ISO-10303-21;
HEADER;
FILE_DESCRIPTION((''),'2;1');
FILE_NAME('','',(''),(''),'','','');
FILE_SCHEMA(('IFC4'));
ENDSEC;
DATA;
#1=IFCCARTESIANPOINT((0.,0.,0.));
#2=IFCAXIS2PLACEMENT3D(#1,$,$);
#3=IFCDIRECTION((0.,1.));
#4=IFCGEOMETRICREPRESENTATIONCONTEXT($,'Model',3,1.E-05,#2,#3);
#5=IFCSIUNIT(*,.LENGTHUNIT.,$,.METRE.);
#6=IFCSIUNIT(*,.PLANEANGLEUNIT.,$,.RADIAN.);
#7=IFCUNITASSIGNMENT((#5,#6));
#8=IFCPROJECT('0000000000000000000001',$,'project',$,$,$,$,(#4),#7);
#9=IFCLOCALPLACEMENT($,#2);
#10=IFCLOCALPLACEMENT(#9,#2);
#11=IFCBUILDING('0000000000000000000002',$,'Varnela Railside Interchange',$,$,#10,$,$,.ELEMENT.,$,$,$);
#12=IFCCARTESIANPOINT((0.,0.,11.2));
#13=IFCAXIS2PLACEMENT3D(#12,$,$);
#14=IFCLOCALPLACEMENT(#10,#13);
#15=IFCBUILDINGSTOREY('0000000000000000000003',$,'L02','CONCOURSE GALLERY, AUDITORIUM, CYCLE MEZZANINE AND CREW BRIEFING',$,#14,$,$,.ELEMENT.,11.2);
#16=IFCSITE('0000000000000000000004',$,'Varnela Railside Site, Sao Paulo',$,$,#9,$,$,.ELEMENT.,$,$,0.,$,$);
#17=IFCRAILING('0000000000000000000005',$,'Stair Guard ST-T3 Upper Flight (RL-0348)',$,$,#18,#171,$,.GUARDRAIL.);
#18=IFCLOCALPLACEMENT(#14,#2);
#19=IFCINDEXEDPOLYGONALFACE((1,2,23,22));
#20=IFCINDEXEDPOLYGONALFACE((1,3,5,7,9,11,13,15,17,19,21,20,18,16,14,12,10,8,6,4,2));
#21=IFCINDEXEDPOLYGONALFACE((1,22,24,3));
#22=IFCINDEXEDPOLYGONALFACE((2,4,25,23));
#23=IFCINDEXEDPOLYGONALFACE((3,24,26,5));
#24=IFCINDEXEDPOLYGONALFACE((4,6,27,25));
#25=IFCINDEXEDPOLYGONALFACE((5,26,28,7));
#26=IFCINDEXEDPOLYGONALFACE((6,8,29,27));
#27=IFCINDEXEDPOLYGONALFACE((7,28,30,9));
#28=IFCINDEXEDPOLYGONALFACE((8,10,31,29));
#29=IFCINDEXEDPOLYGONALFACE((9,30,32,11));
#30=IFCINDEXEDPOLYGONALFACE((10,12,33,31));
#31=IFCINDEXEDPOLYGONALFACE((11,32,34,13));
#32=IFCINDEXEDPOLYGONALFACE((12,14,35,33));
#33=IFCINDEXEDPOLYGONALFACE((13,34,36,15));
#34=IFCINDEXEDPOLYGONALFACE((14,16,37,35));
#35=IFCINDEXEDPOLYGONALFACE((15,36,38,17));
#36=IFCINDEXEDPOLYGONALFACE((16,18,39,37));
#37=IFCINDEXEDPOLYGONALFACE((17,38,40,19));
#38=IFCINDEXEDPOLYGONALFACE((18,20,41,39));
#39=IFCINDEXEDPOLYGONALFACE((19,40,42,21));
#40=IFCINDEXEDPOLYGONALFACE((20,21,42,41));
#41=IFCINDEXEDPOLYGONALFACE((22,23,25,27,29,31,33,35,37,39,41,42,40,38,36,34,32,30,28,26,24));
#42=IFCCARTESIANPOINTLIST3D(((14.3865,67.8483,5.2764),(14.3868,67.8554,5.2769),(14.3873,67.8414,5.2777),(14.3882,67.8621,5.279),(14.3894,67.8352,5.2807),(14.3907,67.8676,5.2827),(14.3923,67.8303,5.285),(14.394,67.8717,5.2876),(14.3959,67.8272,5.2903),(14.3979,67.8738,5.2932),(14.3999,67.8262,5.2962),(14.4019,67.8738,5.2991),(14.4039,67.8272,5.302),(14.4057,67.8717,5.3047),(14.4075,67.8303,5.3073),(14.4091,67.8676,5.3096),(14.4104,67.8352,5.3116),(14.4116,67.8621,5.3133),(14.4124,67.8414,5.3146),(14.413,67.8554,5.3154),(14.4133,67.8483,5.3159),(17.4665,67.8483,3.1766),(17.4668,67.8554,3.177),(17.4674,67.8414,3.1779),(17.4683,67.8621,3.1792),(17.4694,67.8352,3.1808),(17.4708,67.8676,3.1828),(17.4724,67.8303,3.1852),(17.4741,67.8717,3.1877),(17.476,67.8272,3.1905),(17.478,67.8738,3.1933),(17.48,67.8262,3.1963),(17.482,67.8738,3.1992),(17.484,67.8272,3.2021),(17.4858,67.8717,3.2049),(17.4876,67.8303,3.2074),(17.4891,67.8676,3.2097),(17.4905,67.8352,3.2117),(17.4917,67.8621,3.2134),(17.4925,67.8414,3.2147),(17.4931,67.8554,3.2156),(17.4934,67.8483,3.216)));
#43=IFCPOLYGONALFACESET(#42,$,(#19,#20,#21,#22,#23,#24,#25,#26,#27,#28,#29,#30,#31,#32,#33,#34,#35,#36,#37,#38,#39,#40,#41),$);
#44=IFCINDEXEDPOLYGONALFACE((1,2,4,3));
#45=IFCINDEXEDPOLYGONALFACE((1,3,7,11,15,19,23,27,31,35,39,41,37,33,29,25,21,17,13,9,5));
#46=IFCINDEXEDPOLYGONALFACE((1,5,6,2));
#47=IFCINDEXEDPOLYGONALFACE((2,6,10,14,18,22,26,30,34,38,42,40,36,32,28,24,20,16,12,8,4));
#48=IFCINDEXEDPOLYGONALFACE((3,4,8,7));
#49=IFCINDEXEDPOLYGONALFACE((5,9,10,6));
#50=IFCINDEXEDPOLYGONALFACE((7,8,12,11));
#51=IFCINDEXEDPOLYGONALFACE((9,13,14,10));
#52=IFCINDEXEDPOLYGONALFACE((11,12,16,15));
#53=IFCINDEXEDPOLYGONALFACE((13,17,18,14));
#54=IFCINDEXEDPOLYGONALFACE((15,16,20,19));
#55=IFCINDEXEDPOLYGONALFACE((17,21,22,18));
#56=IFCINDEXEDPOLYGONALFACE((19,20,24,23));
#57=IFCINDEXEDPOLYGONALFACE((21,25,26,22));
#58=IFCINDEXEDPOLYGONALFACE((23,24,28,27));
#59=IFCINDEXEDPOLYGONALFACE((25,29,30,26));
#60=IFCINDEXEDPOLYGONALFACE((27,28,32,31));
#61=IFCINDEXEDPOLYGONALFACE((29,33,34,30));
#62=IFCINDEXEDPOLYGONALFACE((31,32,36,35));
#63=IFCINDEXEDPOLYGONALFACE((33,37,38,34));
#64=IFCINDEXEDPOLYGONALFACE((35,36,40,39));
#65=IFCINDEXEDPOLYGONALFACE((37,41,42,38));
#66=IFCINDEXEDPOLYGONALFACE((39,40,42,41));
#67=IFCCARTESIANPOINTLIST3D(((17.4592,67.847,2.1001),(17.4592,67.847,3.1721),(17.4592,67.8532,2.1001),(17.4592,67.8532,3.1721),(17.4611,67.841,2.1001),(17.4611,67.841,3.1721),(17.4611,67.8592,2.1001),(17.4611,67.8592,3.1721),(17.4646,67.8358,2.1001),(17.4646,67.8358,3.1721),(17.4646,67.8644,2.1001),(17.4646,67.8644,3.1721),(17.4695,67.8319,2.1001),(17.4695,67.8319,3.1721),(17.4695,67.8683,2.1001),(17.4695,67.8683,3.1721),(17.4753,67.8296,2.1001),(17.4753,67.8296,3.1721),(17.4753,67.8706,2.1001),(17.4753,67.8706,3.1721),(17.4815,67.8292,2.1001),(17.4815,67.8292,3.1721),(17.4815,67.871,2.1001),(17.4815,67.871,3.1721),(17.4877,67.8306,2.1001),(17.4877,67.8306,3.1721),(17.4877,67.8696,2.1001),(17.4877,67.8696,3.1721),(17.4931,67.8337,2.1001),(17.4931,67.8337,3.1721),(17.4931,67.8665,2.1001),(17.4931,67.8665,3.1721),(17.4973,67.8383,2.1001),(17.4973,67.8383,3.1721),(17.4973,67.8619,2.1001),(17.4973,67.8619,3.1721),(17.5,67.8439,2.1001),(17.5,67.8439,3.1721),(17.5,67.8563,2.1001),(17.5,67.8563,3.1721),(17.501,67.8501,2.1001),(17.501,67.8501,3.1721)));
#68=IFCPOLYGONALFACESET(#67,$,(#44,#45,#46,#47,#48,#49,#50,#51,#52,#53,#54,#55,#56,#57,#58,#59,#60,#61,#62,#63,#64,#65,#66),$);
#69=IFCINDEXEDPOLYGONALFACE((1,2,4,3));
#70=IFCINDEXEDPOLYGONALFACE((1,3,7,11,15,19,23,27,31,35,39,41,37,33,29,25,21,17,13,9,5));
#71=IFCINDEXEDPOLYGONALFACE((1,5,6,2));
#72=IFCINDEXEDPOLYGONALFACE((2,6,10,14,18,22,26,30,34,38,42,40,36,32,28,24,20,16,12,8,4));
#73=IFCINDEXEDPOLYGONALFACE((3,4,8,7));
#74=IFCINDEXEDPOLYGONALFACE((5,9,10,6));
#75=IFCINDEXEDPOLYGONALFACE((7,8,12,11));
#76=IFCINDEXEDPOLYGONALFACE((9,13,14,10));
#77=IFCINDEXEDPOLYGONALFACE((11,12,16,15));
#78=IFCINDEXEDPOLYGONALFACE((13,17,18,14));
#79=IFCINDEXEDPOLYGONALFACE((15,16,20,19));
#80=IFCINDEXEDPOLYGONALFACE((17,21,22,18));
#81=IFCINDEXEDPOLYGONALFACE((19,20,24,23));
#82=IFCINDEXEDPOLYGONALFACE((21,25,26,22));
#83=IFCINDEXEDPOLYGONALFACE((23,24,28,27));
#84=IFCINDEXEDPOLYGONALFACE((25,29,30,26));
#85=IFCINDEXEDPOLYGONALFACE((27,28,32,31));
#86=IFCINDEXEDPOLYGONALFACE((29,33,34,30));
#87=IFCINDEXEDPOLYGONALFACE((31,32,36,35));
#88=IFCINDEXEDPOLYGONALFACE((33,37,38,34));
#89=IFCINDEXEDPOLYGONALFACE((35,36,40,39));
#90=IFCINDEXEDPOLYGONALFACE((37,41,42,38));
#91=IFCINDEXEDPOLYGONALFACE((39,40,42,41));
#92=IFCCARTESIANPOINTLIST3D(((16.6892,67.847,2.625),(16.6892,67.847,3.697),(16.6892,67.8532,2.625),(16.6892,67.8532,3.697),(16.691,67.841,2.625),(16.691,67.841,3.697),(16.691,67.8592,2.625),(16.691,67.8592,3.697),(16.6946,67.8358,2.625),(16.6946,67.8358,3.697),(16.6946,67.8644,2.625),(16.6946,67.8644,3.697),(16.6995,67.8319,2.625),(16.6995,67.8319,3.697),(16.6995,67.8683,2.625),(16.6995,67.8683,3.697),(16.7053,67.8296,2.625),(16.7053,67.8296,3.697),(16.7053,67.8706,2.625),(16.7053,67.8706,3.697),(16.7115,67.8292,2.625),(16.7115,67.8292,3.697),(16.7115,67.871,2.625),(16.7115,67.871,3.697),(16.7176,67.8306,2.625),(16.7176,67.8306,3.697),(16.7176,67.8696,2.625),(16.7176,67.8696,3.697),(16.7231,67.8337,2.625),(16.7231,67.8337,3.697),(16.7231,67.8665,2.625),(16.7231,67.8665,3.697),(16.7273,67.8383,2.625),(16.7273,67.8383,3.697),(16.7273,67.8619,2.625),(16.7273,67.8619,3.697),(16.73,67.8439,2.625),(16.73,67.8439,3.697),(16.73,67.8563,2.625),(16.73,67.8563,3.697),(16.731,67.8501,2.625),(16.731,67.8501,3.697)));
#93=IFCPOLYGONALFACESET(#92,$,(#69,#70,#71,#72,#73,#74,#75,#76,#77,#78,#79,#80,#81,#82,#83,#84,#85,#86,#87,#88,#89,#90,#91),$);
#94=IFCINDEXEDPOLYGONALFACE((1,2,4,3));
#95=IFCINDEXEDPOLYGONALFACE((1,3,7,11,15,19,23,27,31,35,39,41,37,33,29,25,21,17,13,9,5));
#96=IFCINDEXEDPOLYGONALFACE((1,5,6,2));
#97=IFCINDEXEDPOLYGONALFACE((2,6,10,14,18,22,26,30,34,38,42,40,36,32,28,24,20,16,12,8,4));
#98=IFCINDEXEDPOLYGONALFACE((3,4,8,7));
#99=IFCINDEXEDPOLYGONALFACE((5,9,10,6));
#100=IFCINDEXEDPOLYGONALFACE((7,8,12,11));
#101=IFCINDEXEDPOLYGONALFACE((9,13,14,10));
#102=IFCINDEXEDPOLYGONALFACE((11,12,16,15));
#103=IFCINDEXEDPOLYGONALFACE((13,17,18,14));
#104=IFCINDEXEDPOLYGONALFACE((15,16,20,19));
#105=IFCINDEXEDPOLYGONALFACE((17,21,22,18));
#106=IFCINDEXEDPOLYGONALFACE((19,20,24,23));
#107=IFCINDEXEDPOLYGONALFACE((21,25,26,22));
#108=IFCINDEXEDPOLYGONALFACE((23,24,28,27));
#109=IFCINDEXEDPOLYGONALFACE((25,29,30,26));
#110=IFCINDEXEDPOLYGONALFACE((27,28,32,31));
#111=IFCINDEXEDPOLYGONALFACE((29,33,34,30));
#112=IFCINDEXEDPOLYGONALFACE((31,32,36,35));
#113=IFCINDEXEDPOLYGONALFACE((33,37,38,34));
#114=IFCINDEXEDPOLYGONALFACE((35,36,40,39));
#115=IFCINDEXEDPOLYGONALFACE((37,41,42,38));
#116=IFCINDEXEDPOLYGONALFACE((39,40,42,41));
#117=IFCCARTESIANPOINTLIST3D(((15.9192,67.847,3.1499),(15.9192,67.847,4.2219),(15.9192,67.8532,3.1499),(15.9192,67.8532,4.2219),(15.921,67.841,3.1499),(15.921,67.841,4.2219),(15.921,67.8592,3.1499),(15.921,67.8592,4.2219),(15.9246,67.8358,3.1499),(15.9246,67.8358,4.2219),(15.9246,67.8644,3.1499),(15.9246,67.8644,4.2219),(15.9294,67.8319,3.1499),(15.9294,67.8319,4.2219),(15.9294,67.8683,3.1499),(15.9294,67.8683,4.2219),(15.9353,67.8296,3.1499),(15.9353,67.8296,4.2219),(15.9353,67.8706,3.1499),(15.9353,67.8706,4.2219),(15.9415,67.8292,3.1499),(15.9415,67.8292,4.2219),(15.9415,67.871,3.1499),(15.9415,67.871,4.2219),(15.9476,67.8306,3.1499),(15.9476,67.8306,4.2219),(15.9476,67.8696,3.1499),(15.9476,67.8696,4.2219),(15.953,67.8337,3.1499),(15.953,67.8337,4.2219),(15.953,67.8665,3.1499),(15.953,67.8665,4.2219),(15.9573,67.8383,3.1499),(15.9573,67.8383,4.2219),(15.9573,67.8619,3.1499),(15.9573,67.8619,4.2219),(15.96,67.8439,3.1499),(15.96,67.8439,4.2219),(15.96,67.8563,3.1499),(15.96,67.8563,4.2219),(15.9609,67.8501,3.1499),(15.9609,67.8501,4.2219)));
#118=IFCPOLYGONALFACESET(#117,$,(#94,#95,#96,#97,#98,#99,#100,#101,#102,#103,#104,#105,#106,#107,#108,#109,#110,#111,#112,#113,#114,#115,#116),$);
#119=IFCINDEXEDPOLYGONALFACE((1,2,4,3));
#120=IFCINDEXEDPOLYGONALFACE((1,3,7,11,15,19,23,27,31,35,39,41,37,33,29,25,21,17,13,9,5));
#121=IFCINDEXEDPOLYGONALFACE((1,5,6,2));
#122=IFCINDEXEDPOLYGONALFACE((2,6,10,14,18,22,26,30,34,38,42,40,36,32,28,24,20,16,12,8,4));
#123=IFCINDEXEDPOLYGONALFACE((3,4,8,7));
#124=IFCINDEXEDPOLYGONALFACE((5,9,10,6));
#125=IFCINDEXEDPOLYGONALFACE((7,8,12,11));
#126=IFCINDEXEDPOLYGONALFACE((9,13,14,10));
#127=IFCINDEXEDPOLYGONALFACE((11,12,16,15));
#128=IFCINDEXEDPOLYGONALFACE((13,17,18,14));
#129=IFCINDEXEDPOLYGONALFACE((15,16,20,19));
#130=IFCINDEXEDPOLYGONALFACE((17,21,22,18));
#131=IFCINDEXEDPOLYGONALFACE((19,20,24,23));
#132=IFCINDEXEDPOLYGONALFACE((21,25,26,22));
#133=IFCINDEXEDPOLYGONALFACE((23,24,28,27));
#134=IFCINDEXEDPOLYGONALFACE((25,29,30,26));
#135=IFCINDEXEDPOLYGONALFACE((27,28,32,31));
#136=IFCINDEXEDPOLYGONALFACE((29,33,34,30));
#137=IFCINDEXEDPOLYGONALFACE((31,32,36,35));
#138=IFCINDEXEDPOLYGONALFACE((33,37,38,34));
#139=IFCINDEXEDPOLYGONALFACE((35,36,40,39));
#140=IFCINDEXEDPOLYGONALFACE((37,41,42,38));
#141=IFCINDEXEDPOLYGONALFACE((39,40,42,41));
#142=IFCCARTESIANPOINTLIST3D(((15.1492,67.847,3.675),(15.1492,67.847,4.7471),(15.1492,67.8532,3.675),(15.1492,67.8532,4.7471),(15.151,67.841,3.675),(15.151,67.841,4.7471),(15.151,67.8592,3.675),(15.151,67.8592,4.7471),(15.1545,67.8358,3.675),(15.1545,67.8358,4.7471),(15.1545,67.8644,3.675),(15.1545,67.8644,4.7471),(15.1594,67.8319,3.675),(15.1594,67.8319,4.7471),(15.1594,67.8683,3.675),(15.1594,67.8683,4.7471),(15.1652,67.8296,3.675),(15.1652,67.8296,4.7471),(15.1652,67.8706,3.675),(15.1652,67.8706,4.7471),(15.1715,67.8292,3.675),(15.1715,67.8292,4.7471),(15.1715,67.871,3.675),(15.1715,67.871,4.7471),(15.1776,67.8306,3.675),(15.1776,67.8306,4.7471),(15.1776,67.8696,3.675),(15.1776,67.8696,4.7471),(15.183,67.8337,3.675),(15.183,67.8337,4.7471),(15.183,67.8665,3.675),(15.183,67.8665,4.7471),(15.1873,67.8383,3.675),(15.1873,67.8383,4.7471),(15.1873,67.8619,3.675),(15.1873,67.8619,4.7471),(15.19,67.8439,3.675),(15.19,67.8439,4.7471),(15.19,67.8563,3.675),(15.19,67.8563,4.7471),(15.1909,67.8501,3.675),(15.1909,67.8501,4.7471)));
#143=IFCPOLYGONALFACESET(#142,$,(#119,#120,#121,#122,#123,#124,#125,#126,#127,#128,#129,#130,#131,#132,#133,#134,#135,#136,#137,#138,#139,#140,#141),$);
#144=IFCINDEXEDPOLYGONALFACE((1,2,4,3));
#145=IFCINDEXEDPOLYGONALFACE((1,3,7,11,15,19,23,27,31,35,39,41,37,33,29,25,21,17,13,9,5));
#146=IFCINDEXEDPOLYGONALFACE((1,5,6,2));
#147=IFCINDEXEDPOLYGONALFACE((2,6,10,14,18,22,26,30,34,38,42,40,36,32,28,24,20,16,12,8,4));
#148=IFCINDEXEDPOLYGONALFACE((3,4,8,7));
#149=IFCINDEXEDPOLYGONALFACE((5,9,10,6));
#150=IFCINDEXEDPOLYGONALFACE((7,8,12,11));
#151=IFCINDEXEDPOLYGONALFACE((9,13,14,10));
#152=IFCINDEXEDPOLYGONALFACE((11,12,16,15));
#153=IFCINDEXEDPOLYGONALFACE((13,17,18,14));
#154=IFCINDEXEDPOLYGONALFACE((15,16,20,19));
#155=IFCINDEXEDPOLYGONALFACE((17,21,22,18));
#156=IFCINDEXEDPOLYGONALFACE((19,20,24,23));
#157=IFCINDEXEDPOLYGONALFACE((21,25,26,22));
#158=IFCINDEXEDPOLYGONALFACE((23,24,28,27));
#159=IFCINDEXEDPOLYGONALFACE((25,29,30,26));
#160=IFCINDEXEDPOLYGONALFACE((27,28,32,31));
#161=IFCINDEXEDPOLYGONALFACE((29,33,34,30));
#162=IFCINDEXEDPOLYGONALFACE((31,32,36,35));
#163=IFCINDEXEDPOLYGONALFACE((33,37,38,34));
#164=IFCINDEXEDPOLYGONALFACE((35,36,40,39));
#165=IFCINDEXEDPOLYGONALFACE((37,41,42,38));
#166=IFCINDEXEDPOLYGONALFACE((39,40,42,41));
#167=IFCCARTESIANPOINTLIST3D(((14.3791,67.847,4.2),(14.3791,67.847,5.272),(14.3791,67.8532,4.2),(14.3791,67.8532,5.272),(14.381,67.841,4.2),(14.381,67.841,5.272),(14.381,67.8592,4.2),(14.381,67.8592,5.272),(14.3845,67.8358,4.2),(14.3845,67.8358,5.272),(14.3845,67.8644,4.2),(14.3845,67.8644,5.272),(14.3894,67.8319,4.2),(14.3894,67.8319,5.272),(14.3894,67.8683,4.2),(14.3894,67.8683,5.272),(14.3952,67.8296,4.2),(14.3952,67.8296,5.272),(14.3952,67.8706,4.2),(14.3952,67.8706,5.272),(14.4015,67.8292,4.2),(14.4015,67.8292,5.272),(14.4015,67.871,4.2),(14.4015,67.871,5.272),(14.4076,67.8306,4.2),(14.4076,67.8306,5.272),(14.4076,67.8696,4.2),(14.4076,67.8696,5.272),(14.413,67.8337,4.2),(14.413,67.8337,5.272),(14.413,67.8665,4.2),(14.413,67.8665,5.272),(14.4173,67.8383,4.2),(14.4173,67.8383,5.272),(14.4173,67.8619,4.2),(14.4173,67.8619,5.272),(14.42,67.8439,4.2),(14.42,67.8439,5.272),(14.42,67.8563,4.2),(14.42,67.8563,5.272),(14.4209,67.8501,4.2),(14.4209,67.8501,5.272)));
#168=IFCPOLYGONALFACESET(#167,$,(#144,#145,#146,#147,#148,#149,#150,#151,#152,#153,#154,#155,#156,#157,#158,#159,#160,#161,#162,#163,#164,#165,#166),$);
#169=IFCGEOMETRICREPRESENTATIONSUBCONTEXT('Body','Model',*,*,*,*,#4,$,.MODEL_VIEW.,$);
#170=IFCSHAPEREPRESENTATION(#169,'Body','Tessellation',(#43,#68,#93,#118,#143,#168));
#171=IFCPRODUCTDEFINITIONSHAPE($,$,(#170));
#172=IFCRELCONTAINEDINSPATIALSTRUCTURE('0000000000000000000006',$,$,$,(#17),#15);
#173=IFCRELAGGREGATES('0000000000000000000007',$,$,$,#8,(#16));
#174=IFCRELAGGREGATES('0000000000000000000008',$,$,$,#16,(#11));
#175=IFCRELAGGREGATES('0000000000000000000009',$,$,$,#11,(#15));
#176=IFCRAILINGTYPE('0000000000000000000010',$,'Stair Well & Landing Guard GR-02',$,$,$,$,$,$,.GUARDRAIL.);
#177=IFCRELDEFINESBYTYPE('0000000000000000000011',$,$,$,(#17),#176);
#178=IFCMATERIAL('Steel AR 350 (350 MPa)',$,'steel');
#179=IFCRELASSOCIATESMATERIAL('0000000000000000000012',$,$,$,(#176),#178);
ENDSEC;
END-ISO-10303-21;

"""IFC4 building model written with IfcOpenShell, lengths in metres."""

from ifc_helpers import new_model, si_unit, direction, frame, origin, origin_2d, place, context, subcontext, project, spatial, circle, extrude, material, type_object, element, save


model = new_model("IFC4")

# Units and contexts
model_context = context("Model", 3, precision=1e-05, world=origin(), true_north=direction((0.0, 1.0)))
body_context = subcontext(model_context, "Body", "Model", "MODEL_VIEW")
ifc_project = project(units=[si_unit("LENGTHUNIT", "METRE"), si_unit("PLANEANGLEUNIT", "RADIAN")], contexts=[model_context])

# Site, building, storey
site_placement = place(None, origin())
site = spatial("IfcSite", under=ifc_project, at=site_placement, Name="Varnela Railside Site, Sao Paulo", CompositionType="ELEMENT", RefElevation=0.0)
building_placement = place(site_placement, origin())
building = spatial("IfcBuilding", under=site, at=building_placement, Name="Varnela Railside Interchange", CompositionType="ELEMENT")
storey_placement = place(building_placement, frame((0.0, 0.0, 11.2)))
storey = spatial("IfcBuildingStorey", under=building, at=storey_placement, Name="L02", Description="CONCOURSE GALLERY, AUDITORIUM, CYCLE MEZZANINE AND CREW BRIEFING", CompositionType="ELEMENT", Elevation=11.2)

# Shared definitions
ifc_material_1 = material(Name="Steel AR 350 (350 MPa)", Category="steel")

# Railing
railing_type_1 = type_object("IfcRailingType", Name="Stair Well & Landing Guard GR-02", PredefinedType="GUARDRAIL", material=ifc_material_1)
railing_1_placement = place(storey_placement, frame((17.48, 67.8501, 2.1001)))
element("IfcRailing", 1, at=railing_1_placement, inside=storey, type_object=railing_type_1, Name="Stair Guard ST-T3 Upper Flight (RL-0348)", PredefinedType="GUARDRAIL", context=body_context, shape_type="SweptSolid", body=[
    extrude(circle(Radius=0.0239, at=origin_2d()), frame((0.0, 0.0, 1.0962), z_axis=(-0.826252, 0.0, 0.5633), x_axis=(0.0, -1.0, 0.0)), (0.0, 0.0, 1.0), 3.7278),
    extrude(circle(Radius=0.021, at=origin_2d()), origin(), (0.0, 0.0, 1.0), 1.072),
    extrude(circle(Radius=0.021, at=origin_2d()), frame((-0.77, 0.0, 0.5249)), (0.0, 0.0, 1.0), 1.072),
    extrude(circle(Radius=0.021, at=origin_2d()), frame((-1.54, 0.0, 1.0498)), (0.0, 0.0, 1.0), 1.072),
    extrude(circle(Radius=0.021, at=origin_2d()), frame((-2.3101, 0.0, 1.575)), (0.0, 0.0, 1.0), 1.072),
    extrude(circle(Radius=0.021, at=origin_2d()), frame((-3.0801, 0.0, 2.0999)), (0.0, 0.0, 1.0), 1.072),
])

save(model, "model.ifc")
